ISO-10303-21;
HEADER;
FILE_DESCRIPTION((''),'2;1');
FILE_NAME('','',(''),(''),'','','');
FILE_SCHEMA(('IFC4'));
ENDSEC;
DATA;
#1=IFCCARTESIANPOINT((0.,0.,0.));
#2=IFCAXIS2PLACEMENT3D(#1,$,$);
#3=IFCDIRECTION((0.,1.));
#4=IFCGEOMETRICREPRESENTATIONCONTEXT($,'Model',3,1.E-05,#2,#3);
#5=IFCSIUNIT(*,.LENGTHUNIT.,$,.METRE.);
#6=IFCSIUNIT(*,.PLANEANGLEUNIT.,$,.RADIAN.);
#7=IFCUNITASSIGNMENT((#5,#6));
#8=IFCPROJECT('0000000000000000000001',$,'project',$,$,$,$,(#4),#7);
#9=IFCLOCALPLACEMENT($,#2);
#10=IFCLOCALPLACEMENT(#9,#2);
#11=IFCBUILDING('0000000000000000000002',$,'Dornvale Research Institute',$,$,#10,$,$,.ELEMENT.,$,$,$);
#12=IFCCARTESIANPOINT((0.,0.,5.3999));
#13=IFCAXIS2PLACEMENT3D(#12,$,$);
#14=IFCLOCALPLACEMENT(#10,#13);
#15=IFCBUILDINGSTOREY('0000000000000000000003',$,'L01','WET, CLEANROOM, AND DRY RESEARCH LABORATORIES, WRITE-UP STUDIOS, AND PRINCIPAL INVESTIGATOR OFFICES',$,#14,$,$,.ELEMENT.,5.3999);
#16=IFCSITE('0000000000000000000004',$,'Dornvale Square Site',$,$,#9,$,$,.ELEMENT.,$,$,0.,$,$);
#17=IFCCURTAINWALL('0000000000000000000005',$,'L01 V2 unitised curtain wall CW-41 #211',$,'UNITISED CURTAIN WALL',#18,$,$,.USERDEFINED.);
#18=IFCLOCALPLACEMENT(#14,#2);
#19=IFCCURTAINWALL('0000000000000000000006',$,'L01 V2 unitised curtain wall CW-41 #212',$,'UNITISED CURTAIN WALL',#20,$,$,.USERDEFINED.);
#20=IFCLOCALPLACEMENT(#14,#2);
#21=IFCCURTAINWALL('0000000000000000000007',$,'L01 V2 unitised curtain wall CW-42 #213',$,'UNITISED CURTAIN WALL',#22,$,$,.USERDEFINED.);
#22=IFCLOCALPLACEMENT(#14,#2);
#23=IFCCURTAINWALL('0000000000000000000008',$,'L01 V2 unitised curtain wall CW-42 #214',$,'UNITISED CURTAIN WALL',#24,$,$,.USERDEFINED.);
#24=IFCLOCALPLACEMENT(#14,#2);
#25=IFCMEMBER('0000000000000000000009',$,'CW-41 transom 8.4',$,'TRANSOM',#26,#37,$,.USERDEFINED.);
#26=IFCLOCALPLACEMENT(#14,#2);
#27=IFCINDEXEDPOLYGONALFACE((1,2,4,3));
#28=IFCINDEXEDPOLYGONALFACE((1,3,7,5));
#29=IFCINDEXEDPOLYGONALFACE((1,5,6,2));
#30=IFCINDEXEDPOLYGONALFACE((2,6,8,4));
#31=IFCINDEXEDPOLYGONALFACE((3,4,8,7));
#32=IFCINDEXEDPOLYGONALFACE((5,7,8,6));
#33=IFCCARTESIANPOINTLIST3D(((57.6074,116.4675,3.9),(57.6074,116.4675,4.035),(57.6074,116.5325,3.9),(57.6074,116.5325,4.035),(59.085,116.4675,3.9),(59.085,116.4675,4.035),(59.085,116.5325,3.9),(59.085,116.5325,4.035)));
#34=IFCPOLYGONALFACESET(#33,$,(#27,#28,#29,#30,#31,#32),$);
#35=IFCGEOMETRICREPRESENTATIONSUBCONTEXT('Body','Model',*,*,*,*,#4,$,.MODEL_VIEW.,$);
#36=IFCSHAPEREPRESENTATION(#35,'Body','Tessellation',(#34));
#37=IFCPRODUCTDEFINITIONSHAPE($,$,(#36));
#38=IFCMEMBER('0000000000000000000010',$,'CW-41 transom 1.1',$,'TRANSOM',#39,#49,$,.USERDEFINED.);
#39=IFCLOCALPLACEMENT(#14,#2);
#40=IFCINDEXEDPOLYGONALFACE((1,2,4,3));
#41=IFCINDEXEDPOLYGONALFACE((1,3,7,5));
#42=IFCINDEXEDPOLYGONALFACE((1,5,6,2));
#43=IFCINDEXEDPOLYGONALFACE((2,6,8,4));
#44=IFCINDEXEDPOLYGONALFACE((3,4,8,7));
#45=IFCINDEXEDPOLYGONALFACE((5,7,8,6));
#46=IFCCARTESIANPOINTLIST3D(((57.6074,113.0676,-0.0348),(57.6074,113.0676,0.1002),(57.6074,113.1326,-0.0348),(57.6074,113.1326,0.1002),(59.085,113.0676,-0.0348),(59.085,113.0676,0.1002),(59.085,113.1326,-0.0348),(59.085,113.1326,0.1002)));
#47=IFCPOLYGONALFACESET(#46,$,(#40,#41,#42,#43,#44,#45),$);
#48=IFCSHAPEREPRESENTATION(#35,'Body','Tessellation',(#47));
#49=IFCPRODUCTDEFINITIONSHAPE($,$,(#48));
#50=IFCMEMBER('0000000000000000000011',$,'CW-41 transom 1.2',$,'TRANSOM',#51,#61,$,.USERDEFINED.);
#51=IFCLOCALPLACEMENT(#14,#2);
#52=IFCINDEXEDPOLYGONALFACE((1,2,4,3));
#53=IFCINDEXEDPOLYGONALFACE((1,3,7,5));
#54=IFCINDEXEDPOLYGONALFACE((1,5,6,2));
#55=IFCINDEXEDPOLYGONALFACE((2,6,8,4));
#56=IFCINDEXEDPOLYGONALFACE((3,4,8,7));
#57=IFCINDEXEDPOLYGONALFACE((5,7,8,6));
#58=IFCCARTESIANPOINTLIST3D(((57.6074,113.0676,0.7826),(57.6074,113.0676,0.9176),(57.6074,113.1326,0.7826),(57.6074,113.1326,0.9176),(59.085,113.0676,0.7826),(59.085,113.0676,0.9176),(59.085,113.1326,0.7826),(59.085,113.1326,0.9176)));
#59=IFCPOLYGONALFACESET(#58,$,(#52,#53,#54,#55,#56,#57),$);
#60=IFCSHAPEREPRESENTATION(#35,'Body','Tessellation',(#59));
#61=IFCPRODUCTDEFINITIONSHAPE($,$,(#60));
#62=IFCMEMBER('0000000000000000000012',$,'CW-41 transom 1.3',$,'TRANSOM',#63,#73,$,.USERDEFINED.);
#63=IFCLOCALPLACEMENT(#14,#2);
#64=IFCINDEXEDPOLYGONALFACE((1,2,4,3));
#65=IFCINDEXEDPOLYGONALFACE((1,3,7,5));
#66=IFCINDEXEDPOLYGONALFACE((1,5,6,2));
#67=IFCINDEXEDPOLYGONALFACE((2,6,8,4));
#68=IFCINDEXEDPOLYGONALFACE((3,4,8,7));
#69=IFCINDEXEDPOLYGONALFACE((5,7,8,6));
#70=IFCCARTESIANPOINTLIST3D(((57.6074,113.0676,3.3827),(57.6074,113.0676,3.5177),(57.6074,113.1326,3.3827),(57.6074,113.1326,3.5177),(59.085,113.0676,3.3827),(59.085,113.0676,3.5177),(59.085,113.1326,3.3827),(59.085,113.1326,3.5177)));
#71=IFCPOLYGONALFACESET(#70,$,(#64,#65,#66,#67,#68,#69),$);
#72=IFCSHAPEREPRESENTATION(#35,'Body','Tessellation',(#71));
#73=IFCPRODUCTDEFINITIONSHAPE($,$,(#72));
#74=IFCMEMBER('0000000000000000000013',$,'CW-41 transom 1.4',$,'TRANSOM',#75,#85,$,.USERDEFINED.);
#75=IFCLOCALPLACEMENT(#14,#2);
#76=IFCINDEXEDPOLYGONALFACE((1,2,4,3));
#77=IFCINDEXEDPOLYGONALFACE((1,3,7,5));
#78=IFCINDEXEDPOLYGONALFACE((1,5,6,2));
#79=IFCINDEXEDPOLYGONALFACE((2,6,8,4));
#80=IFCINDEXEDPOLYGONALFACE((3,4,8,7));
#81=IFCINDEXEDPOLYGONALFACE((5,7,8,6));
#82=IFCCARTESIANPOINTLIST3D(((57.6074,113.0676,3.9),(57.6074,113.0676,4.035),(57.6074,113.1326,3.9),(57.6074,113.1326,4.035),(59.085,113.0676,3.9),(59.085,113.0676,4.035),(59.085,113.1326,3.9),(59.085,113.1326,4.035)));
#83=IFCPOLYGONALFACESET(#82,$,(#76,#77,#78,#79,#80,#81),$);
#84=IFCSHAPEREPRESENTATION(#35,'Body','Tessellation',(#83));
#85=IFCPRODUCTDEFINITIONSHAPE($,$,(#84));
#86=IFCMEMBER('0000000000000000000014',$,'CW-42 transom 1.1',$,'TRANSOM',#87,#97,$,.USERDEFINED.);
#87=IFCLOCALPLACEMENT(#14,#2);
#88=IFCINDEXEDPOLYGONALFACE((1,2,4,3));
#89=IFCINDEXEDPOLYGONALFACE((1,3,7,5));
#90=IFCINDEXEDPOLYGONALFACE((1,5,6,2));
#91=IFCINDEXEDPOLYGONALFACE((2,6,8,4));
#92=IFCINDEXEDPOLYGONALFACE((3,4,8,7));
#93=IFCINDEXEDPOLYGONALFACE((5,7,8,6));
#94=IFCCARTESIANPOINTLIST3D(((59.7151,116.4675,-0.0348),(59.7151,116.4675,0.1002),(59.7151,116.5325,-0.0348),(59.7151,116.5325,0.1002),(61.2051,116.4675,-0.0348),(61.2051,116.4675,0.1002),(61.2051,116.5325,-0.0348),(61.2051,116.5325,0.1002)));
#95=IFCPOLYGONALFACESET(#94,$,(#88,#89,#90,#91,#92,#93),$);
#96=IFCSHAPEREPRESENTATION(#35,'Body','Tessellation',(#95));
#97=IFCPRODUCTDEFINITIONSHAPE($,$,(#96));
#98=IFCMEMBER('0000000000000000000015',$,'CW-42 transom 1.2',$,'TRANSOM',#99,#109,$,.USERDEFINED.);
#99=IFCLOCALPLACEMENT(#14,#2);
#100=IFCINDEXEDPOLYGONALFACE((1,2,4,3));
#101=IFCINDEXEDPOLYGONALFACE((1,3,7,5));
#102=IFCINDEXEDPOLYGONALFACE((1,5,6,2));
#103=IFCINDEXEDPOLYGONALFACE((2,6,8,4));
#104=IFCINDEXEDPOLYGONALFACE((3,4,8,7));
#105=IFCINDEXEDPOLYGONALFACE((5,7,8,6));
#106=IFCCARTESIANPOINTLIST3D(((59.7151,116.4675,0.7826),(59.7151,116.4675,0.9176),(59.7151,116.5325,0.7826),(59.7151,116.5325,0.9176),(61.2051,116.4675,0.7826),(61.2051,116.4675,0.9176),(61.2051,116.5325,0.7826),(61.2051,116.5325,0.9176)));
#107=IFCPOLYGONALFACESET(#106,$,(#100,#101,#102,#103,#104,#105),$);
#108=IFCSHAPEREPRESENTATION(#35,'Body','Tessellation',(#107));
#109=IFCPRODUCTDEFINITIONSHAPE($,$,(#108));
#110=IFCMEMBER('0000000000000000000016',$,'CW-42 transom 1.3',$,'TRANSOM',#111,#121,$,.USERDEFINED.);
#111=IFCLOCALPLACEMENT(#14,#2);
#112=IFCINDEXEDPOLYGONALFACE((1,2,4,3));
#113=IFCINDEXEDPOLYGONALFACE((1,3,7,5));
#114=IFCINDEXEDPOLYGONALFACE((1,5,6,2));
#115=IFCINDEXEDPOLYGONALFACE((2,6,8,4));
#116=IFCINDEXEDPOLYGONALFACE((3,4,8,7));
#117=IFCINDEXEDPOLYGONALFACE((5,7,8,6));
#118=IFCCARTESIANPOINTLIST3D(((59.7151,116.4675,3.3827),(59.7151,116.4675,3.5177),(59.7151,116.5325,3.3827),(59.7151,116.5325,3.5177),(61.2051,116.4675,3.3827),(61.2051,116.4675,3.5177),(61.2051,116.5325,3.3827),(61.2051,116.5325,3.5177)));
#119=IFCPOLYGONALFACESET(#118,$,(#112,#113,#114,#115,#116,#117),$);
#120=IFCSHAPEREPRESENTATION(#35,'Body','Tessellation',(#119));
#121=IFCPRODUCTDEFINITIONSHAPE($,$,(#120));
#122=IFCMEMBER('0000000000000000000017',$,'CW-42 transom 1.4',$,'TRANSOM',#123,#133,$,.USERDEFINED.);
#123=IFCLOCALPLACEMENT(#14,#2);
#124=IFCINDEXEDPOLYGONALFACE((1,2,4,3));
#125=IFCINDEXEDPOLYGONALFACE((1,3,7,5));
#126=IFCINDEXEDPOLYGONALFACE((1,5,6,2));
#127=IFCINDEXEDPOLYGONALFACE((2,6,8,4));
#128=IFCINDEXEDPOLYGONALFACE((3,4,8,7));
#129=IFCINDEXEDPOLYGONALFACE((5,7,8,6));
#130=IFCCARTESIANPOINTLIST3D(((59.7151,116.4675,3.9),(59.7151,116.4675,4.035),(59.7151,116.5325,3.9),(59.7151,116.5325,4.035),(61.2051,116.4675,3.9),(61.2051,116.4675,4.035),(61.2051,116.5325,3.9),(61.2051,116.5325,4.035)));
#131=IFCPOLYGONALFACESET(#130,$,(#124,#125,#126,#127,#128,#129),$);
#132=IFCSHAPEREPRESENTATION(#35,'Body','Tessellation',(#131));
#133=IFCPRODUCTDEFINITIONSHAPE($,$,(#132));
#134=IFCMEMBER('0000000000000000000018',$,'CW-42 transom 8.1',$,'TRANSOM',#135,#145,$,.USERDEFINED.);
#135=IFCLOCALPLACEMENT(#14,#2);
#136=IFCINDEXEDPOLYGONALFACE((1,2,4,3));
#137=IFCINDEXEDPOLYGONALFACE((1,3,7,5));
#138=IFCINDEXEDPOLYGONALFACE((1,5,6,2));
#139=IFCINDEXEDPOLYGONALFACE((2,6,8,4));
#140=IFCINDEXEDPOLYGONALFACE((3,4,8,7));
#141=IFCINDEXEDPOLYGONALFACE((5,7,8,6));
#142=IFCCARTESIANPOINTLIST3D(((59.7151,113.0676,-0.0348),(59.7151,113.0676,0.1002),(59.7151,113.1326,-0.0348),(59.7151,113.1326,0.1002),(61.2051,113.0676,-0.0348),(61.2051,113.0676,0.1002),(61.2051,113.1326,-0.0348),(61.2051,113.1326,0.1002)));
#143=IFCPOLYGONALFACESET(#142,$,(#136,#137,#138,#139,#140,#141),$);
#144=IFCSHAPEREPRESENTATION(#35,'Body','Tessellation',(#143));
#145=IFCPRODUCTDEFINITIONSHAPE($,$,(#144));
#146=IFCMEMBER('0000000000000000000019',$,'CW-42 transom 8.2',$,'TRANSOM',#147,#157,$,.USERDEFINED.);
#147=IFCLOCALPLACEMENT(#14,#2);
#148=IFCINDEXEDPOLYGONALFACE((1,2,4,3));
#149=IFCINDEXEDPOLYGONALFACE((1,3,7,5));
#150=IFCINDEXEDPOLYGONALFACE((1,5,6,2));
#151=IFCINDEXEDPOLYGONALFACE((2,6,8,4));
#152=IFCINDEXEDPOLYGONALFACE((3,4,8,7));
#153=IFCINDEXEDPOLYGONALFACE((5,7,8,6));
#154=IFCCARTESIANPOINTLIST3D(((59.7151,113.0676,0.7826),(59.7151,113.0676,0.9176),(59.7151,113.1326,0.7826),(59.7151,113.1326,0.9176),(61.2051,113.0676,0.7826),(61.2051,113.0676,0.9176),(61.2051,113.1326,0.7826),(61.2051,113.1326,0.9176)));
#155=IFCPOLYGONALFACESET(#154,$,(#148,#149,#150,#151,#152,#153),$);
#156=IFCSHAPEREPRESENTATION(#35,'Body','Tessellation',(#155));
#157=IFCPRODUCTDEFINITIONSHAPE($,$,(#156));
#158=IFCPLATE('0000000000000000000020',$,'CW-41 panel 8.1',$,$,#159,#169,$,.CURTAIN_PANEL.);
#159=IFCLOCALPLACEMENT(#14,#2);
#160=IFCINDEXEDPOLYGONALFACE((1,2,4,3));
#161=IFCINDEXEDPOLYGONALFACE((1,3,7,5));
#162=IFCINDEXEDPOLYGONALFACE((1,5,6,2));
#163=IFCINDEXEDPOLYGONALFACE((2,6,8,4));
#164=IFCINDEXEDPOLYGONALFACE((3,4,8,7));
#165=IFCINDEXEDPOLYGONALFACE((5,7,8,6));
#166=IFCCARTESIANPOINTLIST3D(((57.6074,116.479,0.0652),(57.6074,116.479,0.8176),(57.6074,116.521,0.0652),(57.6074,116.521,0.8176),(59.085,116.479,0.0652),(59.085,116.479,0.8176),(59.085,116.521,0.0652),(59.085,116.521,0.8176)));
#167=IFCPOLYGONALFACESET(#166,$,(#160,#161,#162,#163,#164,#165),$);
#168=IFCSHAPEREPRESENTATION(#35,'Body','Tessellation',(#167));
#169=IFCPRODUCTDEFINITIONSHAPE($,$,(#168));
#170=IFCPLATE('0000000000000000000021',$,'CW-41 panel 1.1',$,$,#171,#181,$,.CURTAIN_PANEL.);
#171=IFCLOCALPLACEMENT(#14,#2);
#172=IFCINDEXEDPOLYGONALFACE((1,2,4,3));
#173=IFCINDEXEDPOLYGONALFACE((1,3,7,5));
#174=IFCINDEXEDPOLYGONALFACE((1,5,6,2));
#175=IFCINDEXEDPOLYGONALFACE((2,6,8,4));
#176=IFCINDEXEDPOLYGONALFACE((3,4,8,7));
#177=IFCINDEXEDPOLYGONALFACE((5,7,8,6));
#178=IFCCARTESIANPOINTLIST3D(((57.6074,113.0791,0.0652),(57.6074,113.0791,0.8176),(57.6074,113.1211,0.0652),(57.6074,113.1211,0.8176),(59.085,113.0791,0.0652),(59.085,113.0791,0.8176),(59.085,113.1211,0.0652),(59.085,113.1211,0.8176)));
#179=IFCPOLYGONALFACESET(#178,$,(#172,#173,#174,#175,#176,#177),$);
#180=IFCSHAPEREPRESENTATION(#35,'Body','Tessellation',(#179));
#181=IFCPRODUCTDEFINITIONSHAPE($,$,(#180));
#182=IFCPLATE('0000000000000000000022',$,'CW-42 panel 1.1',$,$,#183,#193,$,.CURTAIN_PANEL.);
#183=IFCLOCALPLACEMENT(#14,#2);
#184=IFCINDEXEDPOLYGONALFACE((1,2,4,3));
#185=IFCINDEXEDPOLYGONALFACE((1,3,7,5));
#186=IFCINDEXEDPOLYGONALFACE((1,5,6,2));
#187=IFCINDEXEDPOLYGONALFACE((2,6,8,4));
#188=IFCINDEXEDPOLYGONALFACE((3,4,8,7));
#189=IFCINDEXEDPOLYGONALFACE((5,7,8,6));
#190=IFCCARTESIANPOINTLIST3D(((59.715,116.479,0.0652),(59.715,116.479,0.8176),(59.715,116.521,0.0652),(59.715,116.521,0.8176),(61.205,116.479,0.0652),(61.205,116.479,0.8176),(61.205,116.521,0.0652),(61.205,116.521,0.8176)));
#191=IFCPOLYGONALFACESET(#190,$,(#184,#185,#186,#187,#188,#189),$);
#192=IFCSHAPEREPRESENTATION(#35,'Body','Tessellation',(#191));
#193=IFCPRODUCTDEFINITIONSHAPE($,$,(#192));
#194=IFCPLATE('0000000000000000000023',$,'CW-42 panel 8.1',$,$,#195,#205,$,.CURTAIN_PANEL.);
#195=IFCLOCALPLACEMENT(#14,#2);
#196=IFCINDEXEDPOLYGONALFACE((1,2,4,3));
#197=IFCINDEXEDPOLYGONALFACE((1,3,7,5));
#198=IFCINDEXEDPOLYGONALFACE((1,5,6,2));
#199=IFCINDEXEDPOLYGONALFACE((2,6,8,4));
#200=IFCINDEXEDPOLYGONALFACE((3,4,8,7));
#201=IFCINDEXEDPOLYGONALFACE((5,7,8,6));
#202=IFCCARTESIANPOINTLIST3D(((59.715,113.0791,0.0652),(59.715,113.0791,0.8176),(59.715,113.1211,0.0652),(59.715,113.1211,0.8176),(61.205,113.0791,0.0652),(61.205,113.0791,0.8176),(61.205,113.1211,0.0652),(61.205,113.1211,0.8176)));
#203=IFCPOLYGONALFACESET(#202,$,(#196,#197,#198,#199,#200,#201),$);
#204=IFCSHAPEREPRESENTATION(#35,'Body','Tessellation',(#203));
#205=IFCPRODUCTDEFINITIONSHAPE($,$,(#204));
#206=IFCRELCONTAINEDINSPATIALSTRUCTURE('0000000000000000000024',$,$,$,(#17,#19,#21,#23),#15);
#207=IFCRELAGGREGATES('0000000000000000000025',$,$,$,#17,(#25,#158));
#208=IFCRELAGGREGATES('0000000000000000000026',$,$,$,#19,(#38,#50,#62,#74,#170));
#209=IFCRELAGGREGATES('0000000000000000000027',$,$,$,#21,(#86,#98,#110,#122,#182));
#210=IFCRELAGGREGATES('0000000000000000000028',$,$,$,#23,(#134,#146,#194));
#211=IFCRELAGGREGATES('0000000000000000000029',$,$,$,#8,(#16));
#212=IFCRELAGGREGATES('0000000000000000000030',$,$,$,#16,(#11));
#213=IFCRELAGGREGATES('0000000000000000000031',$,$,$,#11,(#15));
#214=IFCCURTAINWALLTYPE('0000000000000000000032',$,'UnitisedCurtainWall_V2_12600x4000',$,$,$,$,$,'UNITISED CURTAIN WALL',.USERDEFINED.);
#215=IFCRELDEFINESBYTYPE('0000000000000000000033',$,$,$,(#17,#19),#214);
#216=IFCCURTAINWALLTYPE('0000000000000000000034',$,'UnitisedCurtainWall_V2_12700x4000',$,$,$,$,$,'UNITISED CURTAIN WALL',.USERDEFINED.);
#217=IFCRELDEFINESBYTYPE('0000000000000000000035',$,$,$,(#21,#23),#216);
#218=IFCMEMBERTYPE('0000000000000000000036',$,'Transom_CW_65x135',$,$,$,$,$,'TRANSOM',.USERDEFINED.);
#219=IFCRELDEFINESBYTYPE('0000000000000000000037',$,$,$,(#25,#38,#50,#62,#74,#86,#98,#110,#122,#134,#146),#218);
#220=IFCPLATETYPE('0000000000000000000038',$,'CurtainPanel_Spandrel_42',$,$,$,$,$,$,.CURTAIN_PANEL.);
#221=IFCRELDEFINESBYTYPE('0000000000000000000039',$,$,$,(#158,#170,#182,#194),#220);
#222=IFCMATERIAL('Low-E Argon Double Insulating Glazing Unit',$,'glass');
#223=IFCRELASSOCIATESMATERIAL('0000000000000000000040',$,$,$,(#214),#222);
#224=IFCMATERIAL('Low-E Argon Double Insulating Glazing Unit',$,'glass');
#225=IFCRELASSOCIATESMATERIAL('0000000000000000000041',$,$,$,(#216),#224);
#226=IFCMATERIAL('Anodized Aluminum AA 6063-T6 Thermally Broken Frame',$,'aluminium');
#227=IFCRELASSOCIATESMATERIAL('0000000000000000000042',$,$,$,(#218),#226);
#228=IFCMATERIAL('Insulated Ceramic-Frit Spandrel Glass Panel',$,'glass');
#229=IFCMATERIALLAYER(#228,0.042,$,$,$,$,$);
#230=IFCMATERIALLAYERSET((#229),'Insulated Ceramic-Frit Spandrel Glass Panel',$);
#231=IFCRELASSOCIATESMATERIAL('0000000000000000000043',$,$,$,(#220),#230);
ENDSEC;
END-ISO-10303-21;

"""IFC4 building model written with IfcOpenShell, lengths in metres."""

from ifc_helpers import new_model, si_unit, direction, frame, origin, origin_2d, place, context, subcontext, project, spatial, rectangle, extrude, material, layer, layer_set, material_profile, profile_set, type_object, element, aggregate, save


model = new_model("IFC4")

# Units and contexts
model_context = context("Model", 3, precision=1e-05, world=origin(), true_north=direction((0.0, 1.0)))
body_context = subcontext(model_context, "Body", "Model", "MODEL_VIEW")
ifc_project = project(units=[si_unit("LENGTHUNIT", "METRE"), si_unit("PLANEANGLEUNIT", "RADIAN")], contexts=[model_context])

# Site, building, storey
site_placement = place(None, origin())
site = spatial("IfcSite", under=ifc_project, at=site_placement, Name="Dornvale Square Site", CompositionType="ELEMENT", RefElevation=0.0)
building_placement = place(site_placement, origin())
building = spatial("IfcBuilding", under=site, at=building_placement, Name="Dornvale Research Institute", CompositionType="ELEMENT")
storey_placement = place(building_placement, frame((0.0, 0.0, 5.3999)))
storey = spatial("IfcBuildingStorey", under=building, at=storey_placement, Name="L01", Description="WET, CLEANROOM, AND DRY RESEARCH LABORATORIES, WRITE-UP STUDIOS, AND PRINCIPAL INVESTIGATOR OFFICES", CompositionType="ELEMENT", Elevation=5.3999)

# Curtain walls
ifc_material_1 = material(Name="Low-E Argon Double Insulating Glazing Unit", Category="glass")
curtain_wall_type_1 = type_object("IfcCurtainWallType", Name="UnitisedCurtainWall_V2_12600x4000", ElementType="UNITISED CURTAIN WALL", PredefinedType="USERDEFINED", material=ifc_material_1)
curtain_wall_1_placement = place(storey_placement, origin())
curtain_wall_1 = element("IfcCurtainWall", 1, at=curtain_wall_1_placement, inside=storey, type_object=curtain_wall_type_1, Name="L01 V2 unitised curtain wall CW-41 #211", ObjectType="UNITISED CURTAIN WALL", PredefinedType="USERDEFINED")
curtain_wall_2_placement = place(storey_placement, origin())
curtain_wall_2 = element("IfcCurtainWall", 2, at=curtain_wall_2_placement, inside=storey, type_object=curtain_wall_type_1, Name="L01 V2 unitised curtain wall CW-41 #212", ObjectType="UNITISED CURTAIN WALL", PredefinedType="USERDEFINED")
ifc_material_2 = material(Name="Low-E Argon Double Insulating Glazing Unit", Category="glass")
curtain_wall_type_2 = type_object("IfcCurtainWallType", Name="UnitisedCurtainWall_V2_12700x4000", ElementType="UNITISED CURTAIN WALL", PredefinedType="USERDEFINED", material=ifc_material_2)
curtain_wall_3_placement = place(storey_placement, origin())
curtain_wall_3 = element("IfcCurtainWall", 3, at=curtain_wall_3_placement, inside=storey, type_object=curtain_wall_type_2, Name="L01 V2 unitised curtain wall CW-42 #213", ObjectType="UNITISED CURTAIN WALL", PredefinedType="USERDEFINED")
curtain_wall_4_placement = place(storey_placement, origin())
curtain_wall_4 = element("IfcCurtainWall", 4, at=curtain_wall_4_placement, inside=storey, type_object=curtain_wall_type_2, Name="L01 V2 unitised curtain wall CW-42 #214", ObjectType="UNITISED CURTAIN WALL", PredefinedType="USERDEFINED")

# Members
ifc_material_3 = material(Name="Anodized Aluminum AA 6063-T6 Thermally Broken Frame", Category="aluminium")
ifc_material_profile_1 = material_profile(ifc_material_3, rectangle(XDim=0.0649, YDim=0.135, at=origin_2d()), Name="ALU TRANSOM 65x135")
ifc_profile_set_1 = profile_set([ifc_material_profile_1], Name="Anodized Aluminum AA 6063-T6 Thermally Broken Frame")
member_type_1 = type_object("IfcMemberType", Name="Transom_CW_65x135", ElementType="TRANSOM", PredefinedType="USERDEFINED", material=ifc_profile_set_1)
member_1_placement = place(storey_placement, frame((57.6074, 116.5, 3.9675), z_axis=(1.0, 0.0, 0.0), x_axis=(0.0, 1.0, 0.0)))
member_1 = element("IfcMember", 5, at=member_1_placement, type_object=member_type_1, Name="CW-41 transom 8.4", ObjectType="TRANSOM", PredefinedType="USERDEFINED", context=body_context, shape_type="SweptSolid", body=[
    extrude(rectangle(XDim=0.0649, YDim=0.135, at=origin_2d()), origin(), (0.0, 0.0, 1.0), 1.4775),
])
member_2_placement = place(storey_placement, frame((59.085, 113.1001, 0.0327), z_axis=(-1.0, 0.0, 0.0), x_axis=(0.0, -1.0, 0.0)))
member_2 = element("IfcMember", 6, at=member_2_placement, type_object=member_type_1, Name="CW-41 transom 1.1", ObjectType="TRANSOM", PredefinedType="USERDEFINED", context=body_context, shape_type="SweptSolid", body=[
    extrude(rectangle(XDim=0.0649, YDim=0.135, at=origin_2d()), origin(), (0.0, 0.0, 1.0), 1.4775),
])
member_3_placement = place(storey_placement, frame((59.085, 113.1001, 0.8501), z_axis=(-1.0, 0.0, 0.0), x_axis=(0.0, -1.0, 0.0)))
member_3 = element("IfcMember", 7, at=member_3_placement, type_object=member_type_1, Name="CW-41 transom 1.2", ObjectType="TRANSOM", PredefinedType="USERDEFINED", context=body_context, shape_type="SweptSolid", body=[
    extrude(rectangle(XDim=0.0649, YDim=0.135, at=origin_2d()), origin(), (0.0, 0.0, 1.0), 1.4775),
])
member_4_placement = place(storey_placement, frame((59.085, 113.1001, 3.4502), z_axis=(-1.0, 0.0, 0.0), x_axis=(0.0, -1.0, 0.0)))
member_4 = element("IfcMember", 8, at=member_4_placement, type_object=member_type_1, Name="CW-41 transom 1.3", ObjectType="TRANSOM", PredefinedType="USERDEFINED", context=body_context, shape_type="SweptSolid", body=[
    extrude(rectangle(XDim=0.0649, YDim=0.135, at=origin_2d()), origin(), (0.0, 0.0, 1.0), 1.4775),
])
member_5_placement = place(storey_placement, frame((59.085, 113.1001, 3.9675), z_axis=(-1.0, 0.0, 0.0), x_axis=(0.0, -1.0, 0.0)))
member_5 = element("IfcMember", 9, at=member_5_placement, type_object=member_type_1, Name="CW-41 transom 1.4", ObjectType="TRANSOM", PredefinedType="USERDEFINED", context=body_context, shape_type="SweptSolid", body=[
    extrude(rectangle(XDim=0.0649, YDim=0.135, at=origin_2d()), origin(), (0.0, 0.0, 1.0), 1.4775),
])
member_6_placement = place(storey_placement, frame((59.7151, 116.5, 0.0327), z_axis=(1.0, 0.0, 0.0), x_axis=(0.0, 1.0, 0.0)))
member_6 = element("IfcMember", 10, at=member_6_placement, type_object=member_type_1, Name="CW-42 transom 1.1", ObjectType="TRANSOM", PredefinedType="USERDEFINED", context=body_context, shape_type="SweptSolid", body=[
    extrude(rectangle(XDim=0.0649, YDim=0.135, at=origin_2d()), origin(), (0.0, 0.0, 1.0), 1.49),
])
member_7_placement = place(storey_placement, frame((59.7151, 116.5, 0.8501), z_axis=(1.0, 0.0, 0.0), x_axis=(0.0, 1.0, 0.0)))
member_7 = element("IfcMember", 11, at=member_7_placement, type_object=member_type_1, Name="CW-42 transom 1.2", ObjectType="TRANSOM", PredefinedType="USERDEFINED", context=body_context, shape_type="SweptSolid", body=[
    extrude(rectangle(XDim=0.0649, YDim=0.135, at=origin_2d()), origin(), (0.0, 0.0, 1.0), 1.49),
])
member_8_placement = place(storey_placement, frame((59.7151, 116.5, 3.4502), z_axis=(1.0, 0.0, 0.0), x_axis=(0.0, 1.0, 0.0)))
member_8 = element("IfcMember", 12, at=member_8_placement, type_object=member_type_1, Name="CW-42 transom 1.3", ObjectType="TRANSOM", PredefinedType="USERDEFINED", context=body_context, shape_type="SweptSolid", body=[
    extrude(rectangle(XDim=0.0649, YDim=0.135, at=origin_2d()), origin(), (0.0, 0.0, 1.0), 1.49),
])
member_9_placement = place(storey_placement, frame((59.7151, 116.5, 3.9675), z_axis=(1.0, 0.0, 0.0), x_axis=(0.0, 1.0, 0.0)))
member_9 = element("IfcMember", 13, at=member_9_placement, type_object=member_type_1, Name="CW-42 transom 1.4", ObjectType="TRANSOM", PredefinedType="USERDEFINED", context=body_context, shape_type="SweptSolid", body=[
    extrude(rectangle(XDim=0.0649, YDim=0.135, at=origin_2d()), origin(), (0.0, 0.0, 1.0), 1.49),
])
member_10_placement = place(storey_placement, frame((61.2051, 113.1001, 0.0327), z_axis=(-1.0, 0.0, 0.0), x_axis=(0.0, -1.0, 0.0)))
member_10 = element("IfcMember", 14, at=member_10_placement, type_object=member_type_1, Name="CW-42 transom 8.1", ObjectType="TRANSOM", PredefinedType="USERDEFINED", context=body_context, shape_type="SweptSolid", body=[
    extrude(rectangle(XDim=0.0649, YDim=0.135, at=origin_2d()), origin(), (0.0, 0.0, 1.0), 1.49),
])
member_11_placement = place(storey_placement, frame((61.2051, 113.1001, 0.8501), z_axis=(-1.0, 0.0, 0.0), x_axis=(0.0, -1.0, 0.0)))
member_11 = element("IfcMember", 15, at=member_11_placement, type_object=member_type_1, Name="CW-42 transom 8.2", ObjectType="TRANSOM", PredefinedType="USERDEFINED", context=body_context, shape_type="SweptSolid", body=[
    extrude(rectangle(XDim=0.0649, YDim=0.135, at=origin_2d()), origin(), (0.0, 0.0, 1.0), 1.49),
])

# Plates
ifc_material_4 = material(Name="Insulated Ceramic-Frit Spandrel Glass Panel", Category="glass")
ifc_layer_1 = layer(ifc_material_4, 0.042)
ifc_layer_set_1 = layer_set([ifc_layer_1], Name="Insulated Ceramic-Frit Spandrel Glass Panel")
plate_type_1 = type_object("IfcPlateType", Name="CurtainPanel_Spandrel_42", PredefinedType="CURTAIN_PANEL", material=ifc_layer_set_1)
plate_1_placement = place(storey_placement, frame((58.3462, 116.5, 0.0652), z_axis=(0.0, 0.0, 1.0), x_axis=(1.0, 0.0, 0.0)))
plate_1 = element("IfcPlate", 16, at=plate_1_placement, type_object=plate_type_1, Name="CW-41 panel 8.1", PredefinedType="CURTAIN_PANEL", context=body_context, shape_type="SweptSolid", body=[
    extrude(rectangle(XDim=1.4775, YDim=0.042, at=origin_2d()), origin(), (0.0, 0.0, 1.0), 0.7524),
])
plate_2_placement = place(storey_placement, frame((58.3462, 113.1001, 0.0652), z_axis=(0.0, 0.0, 1.0), x_axis=(-1.0, 0.0, 0.0)))
plate_2 = element("IfcPlate", 17, at=plate_2_placement, type_object=plate_type_1, Name="CW-41 panel 1.1", PredefinedType="CURTAIN_PANEL", context=body_context, shape_type="SweptSolid", body=[
    extrude(rectangle(XDim=1.4775, YDim=0.042, at=origin_2d()), origin(), (0.0, 0.0, 1.0), 0.7524),
])
plate_3_placement = place(storey_placement, frame((60.46, 116.5, 0.0652), z_axis=(0.0, 0.0, 1.0), x_axis=(1.0, 0.0, 0.0)))
plate_3 = element("IfcPlate", 18, at=plate_3_placement, type_object=plate_type_1, Name="CW-42 panel 1.1", PredefinedType="CURTAIN_PANEL", context=body_context, shape_type="SweptSolid", body=[
    extrude(rectangle(XDim=1.49, YDim=0.042, at=origin_2d()), origin(), (0.0, 0.0, 1.0), 0.7524),
])
plate_4_placement = place(storey_placement, frame((60.46, 113.1001, 0.0652), z_axis=(0.0, 0.0, 1.0), x_axis=(-1.0, 0.0, 0.0)))
plate_4 = element("IfcPlate", 19, at=plate_4_placement, type_object=plate_type_1, Name="CW-42 panel 8.1", PredefinedType="CURTAIN_PANEL", context=body_context, shape_type="SweptSolid", body=[
    extrude(rectangle(XDim=1.49, YDim=0.042, at=origin_2d()), origin(), (0.0, 0.0, 1.0), 0.7524),
])
aggregate(curtain_wall_1, [member_1, plate_1])
aggregate(curtain_wall_2, [member_2, member_3, member_4, member_5, plate_2])
aggregate(curtain_wall_3, [member_6, member_7, member_8, member_9, plate_3])
aggregate(curtain_wall_4, [member_10, member_11, plate_4])

save(model, "model.ifc")
